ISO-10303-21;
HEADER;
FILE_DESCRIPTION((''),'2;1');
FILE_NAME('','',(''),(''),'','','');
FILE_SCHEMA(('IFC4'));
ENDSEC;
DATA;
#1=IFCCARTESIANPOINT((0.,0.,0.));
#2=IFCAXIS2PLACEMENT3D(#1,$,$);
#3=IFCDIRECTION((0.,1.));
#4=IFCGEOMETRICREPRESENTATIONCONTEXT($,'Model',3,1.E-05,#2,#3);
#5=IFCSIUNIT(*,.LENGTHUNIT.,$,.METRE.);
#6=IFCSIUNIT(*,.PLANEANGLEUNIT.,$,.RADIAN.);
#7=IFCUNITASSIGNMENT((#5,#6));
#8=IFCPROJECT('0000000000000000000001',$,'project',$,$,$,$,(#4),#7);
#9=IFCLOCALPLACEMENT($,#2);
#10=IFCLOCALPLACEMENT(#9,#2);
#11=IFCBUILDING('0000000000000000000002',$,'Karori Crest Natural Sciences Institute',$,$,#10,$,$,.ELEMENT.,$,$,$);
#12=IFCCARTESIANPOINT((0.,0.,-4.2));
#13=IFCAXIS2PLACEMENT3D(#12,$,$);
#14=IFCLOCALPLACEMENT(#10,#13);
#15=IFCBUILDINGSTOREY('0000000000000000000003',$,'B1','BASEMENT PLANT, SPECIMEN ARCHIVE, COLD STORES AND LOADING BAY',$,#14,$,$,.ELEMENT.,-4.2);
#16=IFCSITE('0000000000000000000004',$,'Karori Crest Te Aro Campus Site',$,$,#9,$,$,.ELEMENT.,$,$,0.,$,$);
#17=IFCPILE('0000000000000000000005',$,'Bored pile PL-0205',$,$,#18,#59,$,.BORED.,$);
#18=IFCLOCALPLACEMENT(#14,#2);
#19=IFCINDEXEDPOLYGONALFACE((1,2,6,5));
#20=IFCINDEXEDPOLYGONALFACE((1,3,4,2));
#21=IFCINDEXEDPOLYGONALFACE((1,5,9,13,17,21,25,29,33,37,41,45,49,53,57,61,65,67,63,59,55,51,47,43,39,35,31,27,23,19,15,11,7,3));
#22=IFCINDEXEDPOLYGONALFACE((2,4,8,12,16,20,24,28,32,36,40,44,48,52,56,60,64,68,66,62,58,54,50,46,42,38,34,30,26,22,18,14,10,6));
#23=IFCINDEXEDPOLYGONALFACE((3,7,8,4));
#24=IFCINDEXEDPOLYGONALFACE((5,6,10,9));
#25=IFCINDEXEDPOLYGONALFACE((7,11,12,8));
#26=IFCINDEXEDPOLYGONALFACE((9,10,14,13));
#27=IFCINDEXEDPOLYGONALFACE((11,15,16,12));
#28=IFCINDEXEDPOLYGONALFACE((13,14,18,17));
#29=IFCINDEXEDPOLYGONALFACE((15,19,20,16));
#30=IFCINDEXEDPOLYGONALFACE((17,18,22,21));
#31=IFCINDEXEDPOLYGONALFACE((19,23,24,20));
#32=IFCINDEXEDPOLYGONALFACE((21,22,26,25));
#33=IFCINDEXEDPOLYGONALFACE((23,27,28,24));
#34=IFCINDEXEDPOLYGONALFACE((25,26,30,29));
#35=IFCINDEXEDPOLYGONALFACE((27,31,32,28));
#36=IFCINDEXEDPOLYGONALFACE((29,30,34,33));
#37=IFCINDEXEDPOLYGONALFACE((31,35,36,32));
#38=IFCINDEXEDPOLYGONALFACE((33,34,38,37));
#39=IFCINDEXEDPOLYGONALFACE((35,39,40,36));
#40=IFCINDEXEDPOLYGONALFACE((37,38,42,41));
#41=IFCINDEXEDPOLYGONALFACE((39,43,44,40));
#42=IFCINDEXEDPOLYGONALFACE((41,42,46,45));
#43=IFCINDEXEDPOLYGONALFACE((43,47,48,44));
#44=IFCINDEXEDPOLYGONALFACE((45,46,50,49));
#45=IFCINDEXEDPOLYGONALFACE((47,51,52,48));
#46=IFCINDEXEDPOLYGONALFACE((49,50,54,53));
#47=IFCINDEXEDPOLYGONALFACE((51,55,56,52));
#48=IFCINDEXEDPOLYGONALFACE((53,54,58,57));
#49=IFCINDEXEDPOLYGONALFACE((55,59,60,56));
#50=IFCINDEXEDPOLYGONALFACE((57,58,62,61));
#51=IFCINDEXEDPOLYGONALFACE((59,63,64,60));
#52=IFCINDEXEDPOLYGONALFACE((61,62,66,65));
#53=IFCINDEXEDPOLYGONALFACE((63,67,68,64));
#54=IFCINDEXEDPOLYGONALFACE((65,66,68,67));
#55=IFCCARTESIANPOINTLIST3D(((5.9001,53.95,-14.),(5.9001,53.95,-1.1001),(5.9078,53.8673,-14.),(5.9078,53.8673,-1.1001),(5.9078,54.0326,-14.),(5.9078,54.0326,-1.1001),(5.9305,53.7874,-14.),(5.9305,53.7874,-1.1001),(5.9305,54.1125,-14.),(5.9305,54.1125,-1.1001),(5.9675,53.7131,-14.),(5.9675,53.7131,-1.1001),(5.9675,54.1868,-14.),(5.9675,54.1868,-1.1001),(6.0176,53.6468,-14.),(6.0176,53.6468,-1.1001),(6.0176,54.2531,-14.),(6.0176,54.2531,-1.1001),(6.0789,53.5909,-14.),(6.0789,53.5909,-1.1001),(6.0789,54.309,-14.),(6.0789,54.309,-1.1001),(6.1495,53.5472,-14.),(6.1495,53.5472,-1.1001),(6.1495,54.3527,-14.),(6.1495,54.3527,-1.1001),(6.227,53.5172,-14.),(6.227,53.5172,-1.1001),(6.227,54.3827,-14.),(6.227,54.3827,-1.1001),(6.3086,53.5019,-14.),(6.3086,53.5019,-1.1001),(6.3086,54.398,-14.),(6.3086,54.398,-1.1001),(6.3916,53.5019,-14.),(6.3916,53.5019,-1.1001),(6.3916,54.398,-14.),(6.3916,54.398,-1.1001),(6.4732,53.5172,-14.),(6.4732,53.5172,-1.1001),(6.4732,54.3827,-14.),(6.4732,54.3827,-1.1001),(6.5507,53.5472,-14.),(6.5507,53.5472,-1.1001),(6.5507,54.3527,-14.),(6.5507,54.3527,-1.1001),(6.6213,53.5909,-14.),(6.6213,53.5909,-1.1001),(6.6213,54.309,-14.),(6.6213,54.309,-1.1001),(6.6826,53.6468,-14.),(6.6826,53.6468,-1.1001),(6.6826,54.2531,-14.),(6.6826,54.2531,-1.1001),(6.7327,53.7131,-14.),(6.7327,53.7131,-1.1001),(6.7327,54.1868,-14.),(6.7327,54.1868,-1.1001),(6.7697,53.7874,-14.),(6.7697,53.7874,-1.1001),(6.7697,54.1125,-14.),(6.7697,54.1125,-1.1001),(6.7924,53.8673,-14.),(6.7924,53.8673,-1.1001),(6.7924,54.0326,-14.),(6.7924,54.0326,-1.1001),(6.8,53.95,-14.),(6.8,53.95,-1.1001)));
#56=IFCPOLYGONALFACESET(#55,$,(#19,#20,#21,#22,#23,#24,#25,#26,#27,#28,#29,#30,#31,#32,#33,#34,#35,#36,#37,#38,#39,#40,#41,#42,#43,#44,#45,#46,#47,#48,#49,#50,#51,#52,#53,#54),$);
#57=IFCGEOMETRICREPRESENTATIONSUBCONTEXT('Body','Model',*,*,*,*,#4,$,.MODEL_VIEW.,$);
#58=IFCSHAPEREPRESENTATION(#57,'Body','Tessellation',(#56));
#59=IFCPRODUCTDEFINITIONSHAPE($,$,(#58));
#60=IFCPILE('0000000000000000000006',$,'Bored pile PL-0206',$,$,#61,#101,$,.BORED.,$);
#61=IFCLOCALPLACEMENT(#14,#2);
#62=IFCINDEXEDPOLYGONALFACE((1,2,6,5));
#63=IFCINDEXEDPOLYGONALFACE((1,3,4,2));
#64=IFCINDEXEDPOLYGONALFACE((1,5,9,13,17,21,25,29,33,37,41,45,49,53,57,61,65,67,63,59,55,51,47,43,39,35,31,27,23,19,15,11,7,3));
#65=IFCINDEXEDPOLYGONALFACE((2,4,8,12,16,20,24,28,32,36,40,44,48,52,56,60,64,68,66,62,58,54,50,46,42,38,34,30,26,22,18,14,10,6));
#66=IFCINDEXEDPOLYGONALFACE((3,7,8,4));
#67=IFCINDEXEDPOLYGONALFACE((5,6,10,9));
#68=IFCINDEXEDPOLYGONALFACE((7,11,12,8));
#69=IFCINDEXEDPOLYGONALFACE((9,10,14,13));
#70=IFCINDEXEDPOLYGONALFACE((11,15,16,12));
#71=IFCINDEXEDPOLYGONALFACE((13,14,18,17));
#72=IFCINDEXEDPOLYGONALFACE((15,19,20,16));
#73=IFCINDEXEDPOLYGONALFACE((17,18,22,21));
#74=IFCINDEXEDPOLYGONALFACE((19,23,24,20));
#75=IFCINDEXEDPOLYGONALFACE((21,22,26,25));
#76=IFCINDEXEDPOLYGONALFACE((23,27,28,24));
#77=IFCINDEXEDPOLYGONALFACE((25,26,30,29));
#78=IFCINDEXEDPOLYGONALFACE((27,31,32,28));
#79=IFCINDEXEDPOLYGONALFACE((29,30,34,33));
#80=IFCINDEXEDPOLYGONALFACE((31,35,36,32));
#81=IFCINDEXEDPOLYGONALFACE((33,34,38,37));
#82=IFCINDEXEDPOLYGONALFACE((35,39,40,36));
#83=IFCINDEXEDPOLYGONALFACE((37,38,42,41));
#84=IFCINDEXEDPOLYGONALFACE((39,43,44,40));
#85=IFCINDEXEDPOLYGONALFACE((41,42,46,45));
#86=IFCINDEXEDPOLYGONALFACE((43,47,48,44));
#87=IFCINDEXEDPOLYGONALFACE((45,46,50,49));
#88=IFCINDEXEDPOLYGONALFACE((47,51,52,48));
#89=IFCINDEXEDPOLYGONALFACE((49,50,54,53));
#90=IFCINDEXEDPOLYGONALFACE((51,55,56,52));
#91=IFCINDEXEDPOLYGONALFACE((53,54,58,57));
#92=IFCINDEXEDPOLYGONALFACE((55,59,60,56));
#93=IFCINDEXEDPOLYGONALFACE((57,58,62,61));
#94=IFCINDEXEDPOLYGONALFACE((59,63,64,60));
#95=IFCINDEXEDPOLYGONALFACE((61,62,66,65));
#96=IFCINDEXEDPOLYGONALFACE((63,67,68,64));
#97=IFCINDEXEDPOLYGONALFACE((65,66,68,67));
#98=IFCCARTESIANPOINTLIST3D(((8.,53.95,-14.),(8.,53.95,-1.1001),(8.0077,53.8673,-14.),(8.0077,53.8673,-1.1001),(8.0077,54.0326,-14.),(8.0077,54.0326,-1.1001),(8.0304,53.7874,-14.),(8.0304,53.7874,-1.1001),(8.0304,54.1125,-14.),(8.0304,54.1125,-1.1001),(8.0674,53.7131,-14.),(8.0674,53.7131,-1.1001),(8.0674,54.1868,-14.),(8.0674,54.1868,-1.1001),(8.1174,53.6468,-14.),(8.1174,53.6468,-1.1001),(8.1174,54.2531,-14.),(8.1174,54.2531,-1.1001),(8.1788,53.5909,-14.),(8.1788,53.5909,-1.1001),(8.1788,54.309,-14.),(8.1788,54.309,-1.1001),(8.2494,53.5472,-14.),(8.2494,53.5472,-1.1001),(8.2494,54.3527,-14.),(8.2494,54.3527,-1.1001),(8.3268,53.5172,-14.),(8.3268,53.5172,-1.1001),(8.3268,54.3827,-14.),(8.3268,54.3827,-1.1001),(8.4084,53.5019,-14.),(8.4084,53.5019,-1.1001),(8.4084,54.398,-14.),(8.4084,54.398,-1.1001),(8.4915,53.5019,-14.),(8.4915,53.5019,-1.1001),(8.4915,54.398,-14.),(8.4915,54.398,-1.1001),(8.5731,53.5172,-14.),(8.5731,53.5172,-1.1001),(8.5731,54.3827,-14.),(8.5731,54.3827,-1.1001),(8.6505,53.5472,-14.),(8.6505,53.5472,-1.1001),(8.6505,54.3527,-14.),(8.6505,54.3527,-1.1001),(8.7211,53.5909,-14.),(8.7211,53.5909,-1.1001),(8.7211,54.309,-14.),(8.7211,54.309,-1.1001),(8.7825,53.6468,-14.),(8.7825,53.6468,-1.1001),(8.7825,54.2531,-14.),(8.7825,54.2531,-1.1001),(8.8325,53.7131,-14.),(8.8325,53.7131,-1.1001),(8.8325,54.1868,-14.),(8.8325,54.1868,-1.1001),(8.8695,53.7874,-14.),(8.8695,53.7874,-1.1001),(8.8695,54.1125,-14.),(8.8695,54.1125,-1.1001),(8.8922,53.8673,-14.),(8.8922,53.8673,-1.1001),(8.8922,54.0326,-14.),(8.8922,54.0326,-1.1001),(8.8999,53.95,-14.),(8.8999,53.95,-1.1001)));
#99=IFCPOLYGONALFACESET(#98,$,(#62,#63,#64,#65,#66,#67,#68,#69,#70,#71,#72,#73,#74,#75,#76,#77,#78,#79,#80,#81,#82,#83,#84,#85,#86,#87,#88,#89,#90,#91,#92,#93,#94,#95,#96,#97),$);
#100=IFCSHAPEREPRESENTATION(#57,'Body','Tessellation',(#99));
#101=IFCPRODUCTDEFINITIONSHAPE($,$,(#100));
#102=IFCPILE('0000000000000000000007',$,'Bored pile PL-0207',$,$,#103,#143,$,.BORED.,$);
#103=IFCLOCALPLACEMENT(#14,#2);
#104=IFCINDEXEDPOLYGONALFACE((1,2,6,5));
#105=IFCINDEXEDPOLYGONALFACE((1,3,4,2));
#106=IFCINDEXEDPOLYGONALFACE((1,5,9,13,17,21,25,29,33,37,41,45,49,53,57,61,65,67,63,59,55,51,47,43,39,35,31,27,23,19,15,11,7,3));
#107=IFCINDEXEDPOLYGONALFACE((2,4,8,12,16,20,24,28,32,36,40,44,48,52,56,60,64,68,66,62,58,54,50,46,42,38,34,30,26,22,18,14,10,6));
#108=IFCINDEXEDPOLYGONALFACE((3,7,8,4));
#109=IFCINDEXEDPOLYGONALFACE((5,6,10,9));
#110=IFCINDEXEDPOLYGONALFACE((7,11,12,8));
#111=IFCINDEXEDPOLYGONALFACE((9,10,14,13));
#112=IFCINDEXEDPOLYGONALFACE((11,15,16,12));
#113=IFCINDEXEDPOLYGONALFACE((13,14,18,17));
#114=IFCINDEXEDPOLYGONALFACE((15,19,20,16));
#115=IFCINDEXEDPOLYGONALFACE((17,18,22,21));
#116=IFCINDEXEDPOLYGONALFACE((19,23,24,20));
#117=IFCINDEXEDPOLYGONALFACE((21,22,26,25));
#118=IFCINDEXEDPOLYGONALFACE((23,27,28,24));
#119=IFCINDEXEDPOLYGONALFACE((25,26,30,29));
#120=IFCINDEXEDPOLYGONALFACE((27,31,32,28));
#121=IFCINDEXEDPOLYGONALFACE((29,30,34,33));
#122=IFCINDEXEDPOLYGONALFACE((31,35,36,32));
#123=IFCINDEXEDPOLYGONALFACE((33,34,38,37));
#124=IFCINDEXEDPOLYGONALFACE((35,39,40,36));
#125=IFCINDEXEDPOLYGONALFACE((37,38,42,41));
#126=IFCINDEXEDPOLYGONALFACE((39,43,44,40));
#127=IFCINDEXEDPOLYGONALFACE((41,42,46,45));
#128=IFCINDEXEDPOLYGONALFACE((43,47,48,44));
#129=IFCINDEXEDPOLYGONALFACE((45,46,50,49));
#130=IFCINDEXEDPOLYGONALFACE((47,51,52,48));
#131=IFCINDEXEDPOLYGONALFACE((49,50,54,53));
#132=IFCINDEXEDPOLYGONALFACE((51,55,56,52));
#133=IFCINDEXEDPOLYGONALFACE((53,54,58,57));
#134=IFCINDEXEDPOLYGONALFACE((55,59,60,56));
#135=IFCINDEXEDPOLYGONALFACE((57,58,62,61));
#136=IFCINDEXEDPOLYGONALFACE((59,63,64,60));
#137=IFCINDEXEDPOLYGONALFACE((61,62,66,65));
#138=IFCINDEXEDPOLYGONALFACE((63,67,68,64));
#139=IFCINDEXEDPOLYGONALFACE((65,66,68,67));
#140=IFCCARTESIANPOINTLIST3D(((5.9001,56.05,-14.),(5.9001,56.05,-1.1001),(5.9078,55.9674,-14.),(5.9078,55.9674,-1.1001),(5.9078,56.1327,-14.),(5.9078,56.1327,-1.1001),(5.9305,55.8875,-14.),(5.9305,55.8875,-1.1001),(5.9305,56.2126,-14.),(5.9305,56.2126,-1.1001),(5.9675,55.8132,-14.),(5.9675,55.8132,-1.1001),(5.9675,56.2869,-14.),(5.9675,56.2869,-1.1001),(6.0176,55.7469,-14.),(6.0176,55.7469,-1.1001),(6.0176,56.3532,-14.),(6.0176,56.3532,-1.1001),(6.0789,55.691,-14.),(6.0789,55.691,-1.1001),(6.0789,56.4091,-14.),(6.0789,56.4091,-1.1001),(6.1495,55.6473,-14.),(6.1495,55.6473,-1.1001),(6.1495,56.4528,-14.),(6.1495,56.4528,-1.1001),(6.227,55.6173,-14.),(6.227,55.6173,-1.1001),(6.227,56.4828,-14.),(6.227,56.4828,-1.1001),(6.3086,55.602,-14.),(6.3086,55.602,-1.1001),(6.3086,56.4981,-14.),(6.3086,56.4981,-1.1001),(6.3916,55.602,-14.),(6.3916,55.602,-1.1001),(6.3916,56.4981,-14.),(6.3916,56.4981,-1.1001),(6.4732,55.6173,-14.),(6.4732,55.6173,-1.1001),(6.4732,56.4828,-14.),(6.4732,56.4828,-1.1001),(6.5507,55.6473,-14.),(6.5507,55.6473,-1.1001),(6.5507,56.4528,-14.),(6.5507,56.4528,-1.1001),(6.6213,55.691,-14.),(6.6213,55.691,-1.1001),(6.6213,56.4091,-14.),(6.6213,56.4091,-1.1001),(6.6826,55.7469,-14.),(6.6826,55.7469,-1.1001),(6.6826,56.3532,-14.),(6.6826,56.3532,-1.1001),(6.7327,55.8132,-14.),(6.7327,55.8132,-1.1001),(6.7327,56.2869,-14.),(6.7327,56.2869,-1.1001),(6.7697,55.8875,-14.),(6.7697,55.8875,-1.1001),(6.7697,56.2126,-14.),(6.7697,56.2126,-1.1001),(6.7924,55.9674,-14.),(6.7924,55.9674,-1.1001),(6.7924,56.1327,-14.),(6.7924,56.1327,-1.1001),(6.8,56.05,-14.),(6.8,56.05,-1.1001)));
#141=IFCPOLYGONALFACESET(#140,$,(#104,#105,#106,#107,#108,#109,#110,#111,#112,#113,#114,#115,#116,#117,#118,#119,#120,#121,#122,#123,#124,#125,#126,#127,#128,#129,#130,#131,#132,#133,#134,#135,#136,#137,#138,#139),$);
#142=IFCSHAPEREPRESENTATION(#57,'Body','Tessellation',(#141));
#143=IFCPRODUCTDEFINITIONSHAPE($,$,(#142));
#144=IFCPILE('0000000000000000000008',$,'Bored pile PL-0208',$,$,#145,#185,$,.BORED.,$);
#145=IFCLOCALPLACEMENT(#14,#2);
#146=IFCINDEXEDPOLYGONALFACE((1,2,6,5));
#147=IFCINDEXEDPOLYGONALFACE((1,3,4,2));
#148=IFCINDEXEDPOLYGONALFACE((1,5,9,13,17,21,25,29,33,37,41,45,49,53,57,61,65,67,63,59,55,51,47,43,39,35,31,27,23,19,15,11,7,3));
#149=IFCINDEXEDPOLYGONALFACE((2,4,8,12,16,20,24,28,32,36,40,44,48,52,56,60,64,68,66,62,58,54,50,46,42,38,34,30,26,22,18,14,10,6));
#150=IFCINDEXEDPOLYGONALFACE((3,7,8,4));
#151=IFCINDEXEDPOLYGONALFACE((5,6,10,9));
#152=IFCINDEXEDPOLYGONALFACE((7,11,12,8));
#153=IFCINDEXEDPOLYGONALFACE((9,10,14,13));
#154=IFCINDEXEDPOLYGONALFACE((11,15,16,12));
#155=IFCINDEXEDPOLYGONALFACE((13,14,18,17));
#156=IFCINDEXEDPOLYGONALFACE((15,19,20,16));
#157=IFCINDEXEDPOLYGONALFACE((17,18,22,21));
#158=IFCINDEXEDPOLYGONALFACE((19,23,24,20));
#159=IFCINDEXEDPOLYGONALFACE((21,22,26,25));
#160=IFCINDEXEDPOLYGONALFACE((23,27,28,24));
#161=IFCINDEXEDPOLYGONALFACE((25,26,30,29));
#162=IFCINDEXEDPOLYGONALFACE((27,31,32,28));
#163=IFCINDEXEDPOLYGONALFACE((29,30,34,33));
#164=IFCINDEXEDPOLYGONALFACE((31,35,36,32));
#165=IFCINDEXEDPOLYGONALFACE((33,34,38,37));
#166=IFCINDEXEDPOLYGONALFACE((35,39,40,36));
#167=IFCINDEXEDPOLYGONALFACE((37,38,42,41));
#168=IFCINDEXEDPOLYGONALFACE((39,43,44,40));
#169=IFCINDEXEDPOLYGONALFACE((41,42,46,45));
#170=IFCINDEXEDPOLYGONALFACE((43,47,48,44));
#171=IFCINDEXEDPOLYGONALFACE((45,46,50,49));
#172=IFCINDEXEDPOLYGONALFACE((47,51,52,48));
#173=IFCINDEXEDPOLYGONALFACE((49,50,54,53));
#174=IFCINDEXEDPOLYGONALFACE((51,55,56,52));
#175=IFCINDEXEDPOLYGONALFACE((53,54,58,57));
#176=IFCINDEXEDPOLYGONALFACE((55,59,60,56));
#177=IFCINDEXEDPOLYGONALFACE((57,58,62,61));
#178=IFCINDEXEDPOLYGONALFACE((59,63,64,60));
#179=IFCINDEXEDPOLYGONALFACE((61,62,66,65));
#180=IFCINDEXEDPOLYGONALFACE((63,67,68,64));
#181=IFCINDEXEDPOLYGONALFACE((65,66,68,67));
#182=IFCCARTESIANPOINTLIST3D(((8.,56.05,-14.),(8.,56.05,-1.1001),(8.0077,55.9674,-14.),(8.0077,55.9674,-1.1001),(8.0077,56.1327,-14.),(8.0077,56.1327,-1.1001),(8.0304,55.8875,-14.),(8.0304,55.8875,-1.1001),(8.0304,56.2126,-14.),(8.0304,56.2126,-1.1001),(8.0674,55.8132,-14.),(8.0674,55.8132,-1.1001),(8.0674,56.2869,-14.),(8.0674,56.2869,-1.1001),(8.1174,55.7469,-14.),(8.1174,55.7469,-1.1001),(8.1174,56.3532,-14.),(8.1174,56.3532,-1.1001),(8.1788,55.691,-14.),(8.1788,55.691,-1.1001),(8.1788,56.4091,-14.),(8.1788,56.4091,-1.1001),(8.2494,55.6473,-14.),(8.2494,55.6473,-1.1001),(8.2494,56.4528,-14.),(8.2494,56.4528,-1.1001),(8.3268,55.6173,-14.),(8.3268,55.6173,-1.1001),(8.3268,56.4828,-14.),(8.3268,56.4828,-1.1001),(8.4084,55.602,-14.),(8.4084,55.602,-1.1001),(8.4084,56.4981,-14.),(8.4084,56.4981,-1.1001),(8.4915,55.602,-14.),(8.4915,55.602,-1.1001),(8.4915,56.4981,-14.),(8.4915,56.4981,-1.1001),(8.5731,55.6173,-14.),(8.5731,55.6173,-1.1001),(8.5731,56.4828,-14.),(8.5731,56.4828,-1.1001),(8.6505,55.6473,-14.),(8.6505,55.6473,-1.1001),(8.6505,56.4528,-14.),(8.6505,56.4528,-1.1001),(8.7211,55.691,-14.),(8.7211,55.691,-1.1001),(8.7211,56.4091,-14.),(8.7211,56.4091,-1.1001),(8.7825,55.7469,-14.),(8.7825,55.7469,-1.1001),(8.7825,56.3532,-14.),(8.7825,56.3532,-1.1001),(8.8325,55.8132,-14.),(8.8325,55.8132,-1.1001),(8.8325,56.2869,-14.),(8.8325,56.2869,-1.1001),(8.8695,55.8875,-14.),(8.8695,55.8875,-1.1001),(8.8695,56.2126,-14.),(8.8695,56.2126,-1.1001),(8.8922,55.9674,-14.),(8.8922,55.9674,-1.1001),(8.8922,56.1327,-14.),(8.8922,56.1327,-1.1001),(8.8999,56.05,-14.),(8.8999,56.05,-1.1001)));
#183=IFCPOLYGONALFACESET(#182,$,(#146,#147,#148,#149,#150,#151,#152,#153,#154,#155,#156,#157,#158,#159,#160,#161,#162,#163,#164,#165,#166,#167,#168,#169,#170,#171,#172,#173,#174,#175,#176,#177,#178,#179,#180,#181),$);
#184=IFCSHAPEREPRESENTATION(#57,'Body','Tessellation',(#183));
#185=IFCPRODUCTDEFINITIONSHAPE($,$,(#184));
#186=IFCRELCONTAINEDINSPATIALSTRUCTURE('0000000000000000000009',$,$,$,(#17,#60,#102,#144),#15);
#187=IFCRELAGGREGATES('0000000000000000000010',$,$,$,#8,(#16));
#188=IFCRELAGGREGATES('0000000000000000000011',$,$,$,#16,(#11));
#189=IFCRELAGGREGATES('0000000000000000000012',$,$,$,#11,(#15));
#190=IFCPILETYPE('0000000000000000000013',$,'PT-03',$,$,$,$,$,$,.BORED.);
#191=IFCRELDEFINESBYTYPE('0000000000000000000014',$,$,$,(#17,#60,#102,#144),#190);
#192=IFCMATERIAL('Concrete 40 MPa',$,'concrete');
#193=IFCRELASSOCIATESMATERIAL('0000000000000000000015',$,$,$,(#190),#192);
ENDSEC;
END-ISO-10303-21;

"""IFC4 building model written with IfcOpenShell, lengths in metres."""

from ifc_helpers import new_model, si_unit, direction, frame, origin, origin_2d, place, context, subcontext, project, spatial, circle, extrude, material, material_profile, profile_set, type_object, element, save


model = new_model("IFC4")

# Units and contexts
model_context = context("Model", 3, precision=1e-05, world=origin(), true_north=direction((0.0, 1.0)))
body_context = subcontext(model_context, "Body", "Model", "MODEL_VIEW")
ifc_project = project(units=[si_unit("LENGTHUNIT", "METRE"), si_unit("PLANEANGLEUNIT", "RADIAN")], contexts=[model_context])

# Site, building, storey
site_placement = place(None, origin())
site = spatial("IfcSite", under=ifc_project, at=site_placement, Name="Karori Crest Te Aro Campus Site", CompositionType="ELEMENT", RefElevation=0.0)
building_placement = place(site_placement, origin())
building = spatial("IfcBuilding", under=site, at=building_placement, Name="Karori Crest Natural Sciences Institute", CompositionType="ELEMENT")
storey_placement = place(building_placement, frame((0.0, 0.0, -4.2)))
storey = spatial("IfcBuildingStorey", under=building, at=storey_placement, Name="B1", Description="BASEMENT PLANT, SPECIMEN ARCHIVE, COLD STORES AND LOADING BAY", CompositionType="ELEMENT", Elevation=-4.2)

# Shared definitions
ifc_material_1 = material(Name="Concrete 40 MPa", Category="concrete")

# Piles
ifc_material_profile_1 = material_profile(ifc_material_1, circle(Radius=0.45, at=origin_2d()), Name="PILE900")
ifc_profile_set_1 = profile_set([ifc_material_profile_1], Name="Concrete 40 MPa")
pile_type = type_object("IfcPileType", Name="PT-03", PredefinedType="BORED", material=ifc_profile_set_1)
for number, where, z_axis, x_axis, name in (
    (1, (6.3501, 53.95, -1.1001), (0.0, 0.0, -1.0), (1.0, 0.0, 0.0), "Bored pile PL-0205"),
    (2, (8.45, 53.95, -1.1001), (0.0, 0.0, -1.0), (1.0, 0.0, 0.0), "Bored pile PL-0206"),
    (3, (6.3501, 56.05, -1.1001), (0.0, 0.0, -1.0), (1.0, 0.0, 0.0), "Bored pile PL-0207"),
    (4, (8.45, 56.05, -1.1001), (0.0, 0.0, -1.0), (1.0, 0.0, 0.0), "Bored pile PL-0208"),
):
    element("IfcPile", number, at=place(storey_placement, frame(where, z_axis=z_axis, x_axis=x_axis)), inside=storey, type_object=pile_type, Name=name, PredefinedType="BORED", context=body_context, shape_type="SweptSolid", body=[
        extrude(circle(Radius=0.45, at=origin_2d()), origin(), (0.0, 0.0, 1.0), 12.8999),
    ])

save(model, "model.ifc")
